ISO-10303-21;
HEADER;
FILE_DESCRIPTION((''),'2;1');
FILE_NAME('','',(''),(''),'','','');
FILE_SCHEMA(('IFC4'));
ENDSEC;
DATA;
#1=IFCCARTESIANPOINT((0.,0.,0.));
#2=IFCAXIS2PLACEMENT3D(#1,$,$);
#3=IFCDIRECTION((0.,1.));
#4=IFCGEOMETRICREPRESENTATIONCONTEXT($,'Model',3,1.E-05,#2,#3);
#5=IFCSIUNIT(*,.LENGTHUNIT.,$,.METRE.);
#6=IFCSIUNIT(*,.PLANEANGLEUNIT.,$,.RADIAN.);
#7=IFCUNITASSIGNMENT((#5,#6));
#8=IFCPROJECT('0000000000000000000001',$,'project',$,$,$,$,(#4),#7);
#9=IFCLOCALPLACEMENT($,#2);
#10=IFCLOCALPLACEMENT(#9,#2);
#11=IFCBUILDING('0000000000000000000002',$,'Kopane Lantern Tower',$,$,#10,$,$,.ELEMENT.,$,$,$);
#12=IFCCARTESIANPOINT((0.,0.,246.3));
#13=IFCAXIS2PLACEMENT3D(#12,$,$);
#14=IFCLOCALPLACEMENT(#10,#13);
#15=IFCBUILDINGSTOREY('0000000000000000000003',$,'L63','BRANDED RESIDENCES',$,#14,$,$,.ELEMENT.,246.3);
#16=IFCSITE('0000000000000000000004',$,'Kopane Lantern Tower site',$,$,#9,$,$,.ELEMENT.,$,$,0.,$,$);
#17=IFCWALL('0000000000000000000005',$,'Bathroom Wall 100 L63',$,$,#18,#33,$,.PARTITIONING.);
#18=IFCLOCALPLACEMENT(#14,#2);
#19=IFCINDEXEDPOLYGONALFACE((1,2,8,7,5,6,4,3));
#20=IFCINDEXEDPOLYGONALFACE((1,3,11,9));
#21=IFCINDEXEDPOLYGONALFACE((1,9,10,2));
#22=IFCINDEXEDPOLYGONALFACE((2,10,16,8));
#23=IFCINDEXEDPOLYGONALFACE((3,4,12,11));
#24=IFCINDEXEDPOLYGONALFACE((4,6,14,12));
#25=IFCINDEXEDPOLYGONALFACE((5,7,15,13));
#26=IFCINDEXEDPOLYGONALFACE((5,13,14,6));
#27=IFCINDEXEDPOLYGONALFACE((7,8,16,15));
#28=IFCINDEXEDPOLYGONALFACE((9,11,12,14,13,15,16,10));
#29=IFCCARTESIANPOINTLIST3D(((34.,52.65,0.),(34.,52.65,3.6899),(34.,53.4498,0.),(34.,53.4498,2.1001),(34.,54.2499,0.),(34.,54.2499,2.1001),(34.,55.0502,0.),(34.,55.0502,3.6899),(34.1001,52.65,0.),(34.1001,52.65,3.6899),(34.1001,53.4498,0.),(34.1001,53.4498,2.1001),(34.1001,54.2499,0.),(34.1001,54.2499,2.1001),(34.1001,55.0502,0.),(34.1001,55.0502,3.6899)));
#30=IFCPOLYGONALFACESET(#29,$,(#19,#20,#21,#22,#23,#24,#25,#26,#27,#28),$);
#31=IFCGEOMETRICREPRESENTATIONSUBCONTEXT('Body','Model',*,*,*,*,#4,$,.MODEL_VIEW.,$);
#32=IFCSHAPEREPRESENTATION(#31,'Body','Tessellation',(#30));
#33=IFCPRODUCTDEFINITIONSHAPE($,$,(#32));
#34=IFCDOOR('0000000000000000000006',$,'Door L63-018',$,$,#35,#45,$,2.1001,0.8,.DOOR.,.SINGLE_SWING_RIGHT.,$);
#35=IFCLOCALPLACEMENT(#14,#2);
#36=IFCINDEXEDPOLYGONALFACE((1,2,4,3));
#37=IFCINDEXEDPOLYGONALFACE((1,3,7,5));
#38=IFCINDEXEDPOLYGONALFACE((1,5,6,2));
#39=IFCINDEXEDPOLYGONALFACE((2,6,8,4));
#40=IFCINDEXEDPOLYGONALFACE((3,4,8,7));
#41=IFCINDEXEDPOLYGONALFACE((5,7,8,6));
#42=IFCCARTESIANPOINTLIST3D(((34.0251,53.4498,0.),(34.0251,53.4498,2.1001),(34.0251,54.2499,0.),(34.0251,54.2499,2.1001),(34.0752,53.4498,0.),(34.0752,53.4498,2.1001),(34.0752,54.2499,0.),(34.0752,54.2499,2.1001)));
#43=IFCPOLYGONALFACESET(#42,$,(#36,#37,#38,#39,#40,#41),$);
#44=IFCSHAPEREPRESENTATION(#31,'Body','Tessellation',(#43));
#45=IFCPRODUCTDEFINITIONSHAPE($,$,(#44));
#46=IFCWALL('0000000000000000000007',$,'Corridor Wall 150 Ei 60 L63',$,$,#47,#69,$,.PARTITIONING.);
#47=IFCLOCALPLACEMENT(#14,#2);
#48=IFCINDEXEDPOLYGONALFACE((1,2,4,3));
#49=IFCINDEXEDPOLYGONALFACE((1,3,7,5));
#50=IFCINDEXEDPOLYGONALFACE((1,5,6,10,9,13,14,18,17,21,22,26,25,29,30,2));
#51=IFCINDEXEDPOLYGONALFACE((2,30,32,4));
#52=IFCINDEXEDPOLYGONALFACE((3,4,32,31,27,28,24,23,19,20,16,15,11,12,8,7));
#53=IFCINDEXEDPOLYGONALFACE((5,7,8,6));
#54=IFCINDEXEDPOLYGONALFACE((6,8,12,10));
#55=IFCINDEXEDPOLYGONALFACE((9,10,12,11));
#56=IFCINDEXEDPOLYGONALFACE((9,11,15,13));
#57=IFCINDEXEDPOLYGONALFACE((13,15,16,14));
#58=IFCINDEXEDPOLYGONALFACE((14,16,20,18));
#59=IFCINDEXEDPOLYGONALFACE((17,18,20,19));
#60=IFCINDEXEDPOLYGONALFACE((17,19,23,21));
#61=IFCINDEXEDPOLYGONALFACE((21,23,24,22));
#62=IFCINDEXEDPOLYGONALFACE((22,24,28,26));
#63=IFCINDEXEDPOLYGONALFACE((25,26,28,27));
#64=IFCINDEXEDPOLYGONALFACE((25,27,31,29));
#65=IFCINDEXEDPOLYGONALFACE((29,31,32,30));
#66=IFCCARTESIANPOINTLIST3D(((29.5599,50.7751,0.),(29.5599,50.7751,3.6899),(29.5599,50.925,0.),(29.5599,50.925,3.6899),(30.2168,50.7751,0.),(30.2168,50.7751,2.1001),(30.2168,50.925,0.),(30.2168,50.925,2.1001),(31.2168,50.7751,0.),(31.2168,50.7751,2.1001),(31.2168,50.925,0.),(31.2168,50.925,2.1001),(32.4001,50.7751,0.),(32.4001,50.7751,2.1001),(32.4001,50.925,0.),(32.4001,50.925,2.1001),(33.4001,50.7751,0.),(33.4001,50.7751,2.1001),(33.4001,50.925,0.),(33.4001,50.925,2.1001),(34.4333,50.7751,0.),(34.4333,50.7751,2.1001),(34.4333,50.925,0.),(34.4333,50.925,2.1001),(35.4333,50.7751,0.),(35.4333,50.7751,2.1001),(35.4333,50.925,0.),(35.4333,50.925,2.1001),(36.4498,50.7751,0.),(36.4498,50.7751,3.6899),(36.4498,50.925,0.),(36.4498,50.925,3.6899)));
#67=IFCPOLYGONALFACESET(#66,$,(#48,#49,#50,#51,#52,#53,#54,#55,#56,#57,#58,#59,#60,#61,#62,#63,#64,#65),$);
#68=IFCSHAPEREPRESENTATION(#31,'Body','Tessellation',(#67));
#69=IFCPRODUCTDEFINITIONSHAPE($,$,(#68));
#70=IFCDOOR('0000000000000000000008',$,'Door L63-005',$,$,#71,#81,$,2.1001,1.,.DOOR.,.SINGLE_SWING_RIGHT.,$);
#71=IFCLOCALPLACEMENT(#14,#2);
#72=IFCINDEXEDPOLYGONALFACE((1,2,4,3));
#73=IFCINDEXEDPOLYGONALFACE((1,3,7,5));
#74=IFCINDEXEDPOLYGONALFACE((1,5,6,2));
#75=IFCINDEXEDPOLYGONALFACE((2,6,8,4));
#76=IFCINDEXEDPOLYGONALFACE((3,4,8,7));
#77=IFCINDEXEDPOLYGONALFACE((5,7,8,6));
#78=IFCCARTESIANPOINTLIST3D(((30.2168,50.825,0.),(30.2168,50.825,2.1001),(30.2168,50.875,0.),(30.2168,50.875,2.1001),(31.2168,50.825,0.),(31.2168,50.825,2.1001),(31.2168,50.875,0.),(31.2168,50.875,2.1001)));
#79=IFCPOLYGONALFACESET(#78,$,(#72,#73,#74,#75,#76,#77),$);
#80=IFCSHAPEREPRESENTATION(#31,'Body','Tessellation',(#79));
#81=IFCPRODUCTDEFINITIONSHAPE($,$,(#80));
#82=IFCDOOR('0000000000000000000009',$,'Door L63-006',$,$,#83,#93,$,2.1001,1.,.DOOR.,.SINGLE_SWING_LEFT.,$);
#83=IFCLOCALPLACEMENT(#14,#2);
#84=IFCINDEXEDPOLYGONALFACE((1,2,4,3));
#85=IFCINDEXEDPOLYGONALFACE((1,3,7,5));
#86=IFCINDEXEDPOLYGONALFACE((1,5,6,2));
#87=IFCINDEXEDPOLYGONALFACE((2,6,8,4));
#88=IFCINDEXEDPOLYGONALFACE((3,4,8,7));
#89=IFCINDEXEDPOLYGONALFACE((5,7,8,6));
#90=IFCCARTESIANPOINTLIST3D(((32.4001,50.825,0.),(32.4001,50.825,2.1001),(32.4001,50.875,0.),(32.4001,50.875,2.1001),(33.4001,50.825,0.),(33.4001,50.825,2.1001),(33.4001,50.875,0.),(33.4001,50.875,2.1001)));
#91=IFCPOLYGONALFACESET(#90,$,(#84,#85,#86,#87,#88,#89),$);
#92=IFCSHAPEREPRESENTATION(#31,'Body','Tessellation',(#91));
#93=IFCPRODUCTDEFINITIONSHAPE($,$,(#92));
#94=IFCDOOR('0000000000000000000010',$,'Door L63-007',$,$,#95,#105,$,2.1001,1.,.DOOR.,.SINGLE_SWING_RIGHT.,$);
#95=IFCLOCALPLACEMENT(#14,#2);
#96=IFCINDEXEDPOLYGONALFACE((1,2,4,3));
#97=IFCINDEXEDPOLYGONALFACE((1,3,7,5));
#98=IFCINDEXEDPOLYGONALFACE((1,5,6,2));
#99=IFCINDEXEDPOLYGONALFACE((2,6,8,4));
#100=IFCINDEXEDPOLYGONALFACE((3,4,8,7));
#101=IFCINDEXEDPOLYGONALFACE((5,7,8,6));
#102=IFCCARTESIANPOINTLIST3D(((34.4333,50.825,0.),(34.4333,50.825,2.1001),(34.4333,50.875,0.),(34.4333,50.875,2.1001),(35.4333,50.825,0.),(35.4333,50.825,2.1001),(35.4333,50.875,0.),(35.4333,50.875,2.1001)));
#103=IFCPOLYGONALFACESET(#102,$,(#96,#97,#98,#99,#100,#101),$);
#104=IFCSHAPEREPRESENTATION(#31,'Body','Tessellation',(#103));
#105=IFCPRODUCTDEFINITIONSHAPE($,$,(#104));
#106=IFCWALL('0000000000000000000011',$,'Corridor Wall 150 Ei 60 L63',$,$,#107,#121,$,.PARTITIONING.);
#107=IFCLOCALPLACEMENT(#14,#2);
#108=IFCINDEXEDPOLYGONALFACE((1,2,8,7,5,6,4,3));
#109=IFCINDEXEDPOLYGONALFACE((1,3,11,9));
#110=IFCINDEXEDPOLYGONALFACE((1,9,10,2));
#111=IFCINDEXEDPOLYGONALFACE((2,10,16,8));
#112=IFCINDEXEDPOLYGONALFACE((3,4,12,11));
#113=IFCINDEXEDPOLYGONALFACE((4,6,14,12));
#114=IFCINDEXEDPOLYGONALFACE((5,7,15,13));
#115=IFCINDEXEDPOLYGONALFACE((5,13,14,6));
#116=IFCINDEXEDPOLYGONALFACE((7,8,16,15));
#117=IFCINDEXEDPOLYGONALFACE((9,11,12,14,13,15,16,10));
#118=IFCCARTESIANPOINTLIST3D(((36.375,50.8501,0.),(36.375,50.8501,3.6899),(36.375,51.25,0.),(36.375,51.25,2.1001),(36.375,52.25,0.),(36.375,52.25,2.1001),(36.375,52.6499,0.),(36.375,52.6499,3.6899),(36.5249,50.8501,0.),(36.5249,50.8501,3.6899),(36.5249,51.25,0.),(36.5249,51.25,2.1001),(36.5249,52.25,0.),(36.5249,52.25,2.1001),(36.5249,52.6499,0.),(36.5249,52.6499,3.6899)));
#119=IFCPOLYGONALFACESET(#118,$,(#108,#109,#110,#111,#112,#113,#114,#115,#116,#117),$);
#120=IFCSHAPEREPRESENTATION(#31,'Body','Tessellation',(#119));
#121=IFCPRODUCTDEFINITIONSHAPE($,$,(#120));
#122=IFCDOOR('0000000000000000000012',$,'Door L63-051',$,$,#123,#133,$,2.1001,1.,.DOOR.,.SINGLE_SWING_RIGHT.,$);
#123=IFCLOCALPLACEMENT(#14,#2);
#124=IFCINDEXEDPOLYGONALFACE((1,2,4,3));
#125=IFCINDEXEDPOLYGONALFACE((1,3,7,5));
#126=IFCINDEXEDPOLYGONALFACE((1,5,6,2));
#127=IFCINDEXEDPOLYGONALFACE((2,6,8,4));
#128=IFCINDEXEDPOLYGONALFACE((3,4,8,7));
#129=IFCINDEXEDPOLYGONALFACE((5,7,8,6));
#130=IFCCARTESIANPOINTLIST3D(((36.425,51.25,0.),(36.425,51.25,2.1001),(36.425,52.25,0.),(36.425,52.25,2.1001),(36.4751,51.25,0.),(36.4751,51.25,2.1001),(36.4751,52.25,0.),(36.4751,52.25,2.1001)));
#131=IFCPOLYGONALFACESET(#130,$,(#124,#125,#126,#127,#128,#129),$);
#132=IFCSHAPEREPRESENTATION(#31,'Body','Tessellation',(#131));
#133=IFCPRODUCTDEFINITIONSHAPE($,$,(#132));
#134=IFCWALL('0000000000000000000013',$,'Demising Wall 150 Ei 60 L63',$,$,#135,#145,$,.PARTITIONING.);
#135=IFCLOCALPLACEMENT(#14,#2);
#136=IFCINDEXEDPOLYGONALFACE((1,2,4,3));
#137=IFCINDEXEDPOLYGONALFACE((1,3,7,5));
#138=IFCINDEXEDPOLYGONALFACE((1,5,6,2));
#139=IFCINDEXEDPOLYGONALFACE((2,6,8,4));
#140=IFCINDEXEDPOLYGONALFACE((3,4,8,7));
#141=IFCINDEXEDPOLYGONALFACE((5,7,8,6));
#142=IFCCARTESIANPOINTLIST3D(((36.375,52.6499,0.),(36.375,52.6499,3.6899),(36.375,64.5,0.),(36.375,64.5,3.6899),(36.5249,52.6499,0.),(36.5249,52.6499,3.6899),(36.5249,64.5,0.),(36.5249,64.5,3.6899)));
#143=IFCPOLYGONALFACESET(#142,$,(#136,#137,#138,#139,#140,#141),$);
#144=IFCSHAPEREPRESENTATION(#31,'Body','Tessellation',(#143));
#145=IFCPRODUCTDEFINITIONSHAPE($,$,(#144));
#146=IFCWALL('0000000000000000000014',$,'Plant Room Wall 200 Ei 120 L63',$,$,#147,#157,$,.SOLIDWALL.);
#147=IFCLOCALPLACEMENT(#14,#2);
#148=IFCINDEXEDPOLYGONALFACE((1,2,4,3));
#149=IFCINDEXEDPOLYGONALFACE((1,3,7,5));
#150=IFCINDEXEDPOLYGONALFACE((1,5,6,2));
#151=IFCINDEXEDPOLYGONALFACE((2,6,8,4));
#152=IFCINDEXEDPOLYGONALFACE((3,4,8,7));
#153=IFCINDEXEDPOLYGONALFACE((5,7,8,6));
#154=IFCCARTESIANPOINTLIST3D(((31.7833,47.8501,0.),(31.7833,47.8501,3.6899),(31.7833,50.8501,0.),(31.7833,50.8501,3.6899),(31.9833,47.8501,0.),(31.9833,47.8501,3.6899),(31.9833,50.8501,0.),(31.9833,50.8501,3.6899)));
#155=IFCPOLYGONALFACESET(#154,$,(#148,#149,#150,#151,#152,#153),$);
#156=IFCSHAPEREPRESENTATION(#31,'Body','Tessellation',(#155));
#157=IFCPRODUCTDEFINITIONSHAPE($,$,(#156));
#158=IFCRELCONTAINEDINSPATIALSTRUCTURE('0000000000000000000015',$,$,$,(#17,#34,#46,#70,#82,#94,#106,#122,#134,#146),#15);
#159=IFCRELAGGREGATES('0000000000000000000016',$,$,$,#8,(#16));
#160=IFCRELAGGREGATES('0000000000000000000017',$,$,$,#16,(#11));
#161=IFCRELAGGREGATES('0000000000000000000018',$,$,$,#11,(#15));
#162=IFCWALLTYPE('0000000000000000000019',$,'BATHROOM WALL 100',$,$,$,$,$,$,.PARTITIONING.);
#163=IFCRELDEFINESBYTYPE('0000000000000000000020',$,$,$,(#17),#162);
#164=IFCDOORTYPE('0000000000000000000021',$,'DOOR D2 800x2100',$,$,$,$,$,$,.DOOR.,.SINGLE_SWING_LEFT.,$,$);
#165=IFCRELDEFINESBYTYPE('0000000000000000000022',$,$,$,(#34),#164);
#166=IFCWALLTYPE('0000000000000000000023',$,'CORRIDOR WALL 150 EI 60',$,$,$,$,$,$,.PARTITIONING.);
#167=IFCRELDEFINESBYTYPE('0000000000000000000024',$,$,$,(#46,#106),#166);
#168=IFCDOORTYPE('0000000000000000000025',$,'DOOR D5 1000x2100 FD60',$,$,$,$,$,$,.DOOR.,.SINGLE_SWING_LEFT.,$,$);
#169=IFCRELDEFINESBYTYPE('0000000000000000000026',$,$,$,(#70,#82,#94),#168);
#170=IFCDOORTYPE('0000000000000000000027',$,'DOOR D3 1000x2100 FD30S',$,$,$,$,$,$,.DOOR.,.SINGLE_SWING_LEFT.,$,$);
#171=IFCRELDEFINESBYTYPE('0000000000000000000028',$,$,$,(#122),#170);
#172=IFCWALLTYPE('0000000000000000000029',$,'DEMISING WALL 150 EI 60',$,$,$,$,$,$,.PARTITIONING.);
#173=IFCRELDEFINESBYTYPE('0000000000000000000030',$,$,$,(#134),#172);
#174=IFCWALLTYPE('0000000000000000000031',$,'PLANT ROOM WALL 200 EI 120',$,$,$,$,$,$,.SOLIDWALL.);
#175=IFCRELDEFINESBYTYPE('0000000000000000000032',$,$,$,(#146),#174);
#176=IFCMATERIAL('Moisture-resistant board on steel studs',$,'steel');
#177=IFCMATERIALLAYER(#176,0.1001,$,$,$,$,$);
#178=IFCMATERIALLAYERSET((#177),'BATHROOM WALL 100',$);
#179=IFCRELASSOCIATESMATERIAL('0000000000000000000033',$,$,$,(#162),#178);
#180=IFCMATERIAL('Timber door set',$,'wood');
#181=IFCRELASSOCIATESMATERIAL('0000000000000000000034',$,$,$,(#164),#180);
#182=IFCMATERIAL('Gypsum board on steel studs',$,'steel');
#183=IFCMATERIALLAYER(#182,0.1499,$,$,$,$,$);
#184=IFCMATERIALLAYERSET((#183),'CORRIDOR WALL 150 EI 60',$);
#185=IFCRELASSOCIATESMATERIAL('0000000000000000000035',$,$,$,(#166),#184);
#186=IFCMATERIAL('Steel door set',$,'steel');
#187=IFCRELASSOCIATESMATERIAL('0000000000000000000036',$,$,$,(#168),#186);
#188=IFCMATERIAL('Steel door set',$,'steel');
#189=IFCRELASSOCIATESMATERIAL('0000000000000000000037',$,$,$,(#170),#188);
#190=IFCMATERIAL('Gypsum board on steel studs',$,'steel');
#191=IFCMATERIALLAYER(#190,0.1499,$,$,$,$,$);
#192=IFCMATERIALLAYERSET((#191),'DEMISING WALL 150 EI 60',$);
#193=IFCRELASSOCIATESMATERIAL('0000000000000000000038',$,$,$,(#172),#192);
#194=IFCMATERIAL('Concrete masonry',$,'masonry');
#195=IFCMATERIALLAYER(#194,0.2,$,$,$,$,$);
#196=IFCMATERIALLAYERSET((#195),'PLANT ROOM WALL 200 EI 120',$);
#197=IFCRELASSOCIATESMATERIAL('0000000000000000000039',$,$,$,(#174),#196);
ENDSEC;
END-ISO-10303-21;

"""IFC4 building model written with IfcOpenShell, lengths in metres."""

from ifc_helpers import new_model, si_unit, direction, frame, frame_2d, origin, place, context, subcontext, project, spatial, rectangle, extrude, material, layer, layer_set, type_object, element, fill, save


model = new_model("IFC4")

# Units and contexts
model_context = context("Model", 3, precision=1e-05, world=origin(), true_north=direction((0.0, 1.0)))
body_context = subcontext(model_context, "Body", "Model", "MODEL_VIEW")
ifc_project = project(units=[si_unit("LENGTHUNIT", "METRE"), si_unit("PLANEANGLEUNIT", "RADIAN")], contexts=[model_context])

# Site, building, storey
site_placement = place(None, origin())
site = spatial("IfcSite", under=ifc_project, at=site_placement, Name="Kopane Lantern Tower site", CompositionType="ELEMENT", RefElevation=0.0)
building_placement = place(site_placement, origin())
building = spatial("IfcBuilding", under=site, at=building_placement, Name="Kopane Lantern Tower", CompositionType="ELEMENT")
storey_placement = place(building_placement, frame((0.0, 0.0, 246.3)))
storey = spatial("IfcBuildingStorey", under=building, at=storey_placement, Name="L63", Description="BRANDED RESIDENCES", CompositionType="ELEMENT", Elevation=246.3)

# Wall, opening, door
ifc_material_1 = material(Name="Moisture-resistant board on steel studs", Category="steel")
ifc_layer_1 = layer(ifc_material_1, 0.1001)
ifc_layer_set_1 = layer_set([ifc_layer_1], Name="BATHROOM WALL 100")
wall_type_1 = type_object("IfcWallType", Name="BATHROOM WALL 100", PredefinedType="PARTITIONING", material=ifc_layer_set_1)
wall_1_placement = place(storey_placement, frame((34.05, 52.6499, 0.0), z_axis=(0.0, 0.0, 1.0), x_axis=(0.0, 1.0, 0.0)))
wall_1 = element("IfcWall", 1, at=wall_1_placement, inside=storey, type_object=wall_type_1, Name="Bathroom Wall 100 L63", PredefinedType="PARTITIONING", context=body_context, shape_type="SweptSolid", body=[
    extrude(rectangle(XDim=2.4001, YDim=0.1001, at=frame_2d((1.2002, 0.0))), origin(), (0.0, 0.0, 1.0), 3.6899),
])
opening_1_placement = place(wall_1_placement, frame((0.8, 0.0, 0.0)))
opening_1 = element("IfcOpeningElement", 2, at=opening_1_placement, cuts=wall_1, PredefinedType="OPENING", context=body_context, shape_type="SweptSolid", body=[
    extrude(rectangle(XDim=0.8, YDim=2.1001, at=frame_2d((0.3999, 1.05))), frame((0.0, 0.0601, 0.0), z_axis=(0.0, -1.0, 0.0), x_axis=(1.0, 0.0, 0.0)), (0.0, 0.0, 1.0), 0.1201),
])
ifc_material_2 = material(Name="Timber door set", Category="wood")
door_type_1 = type_object("IfcDoorType", Name="DOOR D2 800x2100", OperationType="SINGLE_SWING_LEFT", PredefinedType="DOOR", material=ifc_material_2)
door_1_placement = place(opening_1_placement, origin())
door_1 = element("IfcDoor", 3, at=door_1_placement, inside=storey, type_object=door_type_1, Name="Door L63-018", OperationType="SINGLE_SWING_RIGHT", OverallHeight=2.1001, OverallWidth=0.8, PredefinedType="DOOR", context=body_context, shape_type="SweptSolid", body=[
    extrude(rectangle(XDim=0.8, YDim=2.1001, at=frame_2d((0.3999, 1.05))), frame((0.0, 0.0249, 0.0), z_axis=(0.0, -1.0, 0.0), x_axis=(1.0, 0.0, 0.0)), (0.0, 0.0, 1.0), 0.05),
])
fill(opening_1, door_1)

# Wall, openings, doors
ifc_material_3 = material(Name="Gypsum board on steel studs", Category="steel")
ifc_layer_2 = layer(ifc_material_3, 0.1499)
ifc_layer_set_2 = layer_set([ifc_layer_2], Name="CORRIDOR WALL 150 EI 60")
wall_type_2 = type_object("IfcWallType", Name="CORRIDOR WALL 150 EI 60", PredefinedType="PARTITIONING", material=ifc_layer_set_2)
wall_2_placement = place(storey_placement, frame((29.5601, 50.8501, 0.0), z_axis=(0.0, 0.0, 1.0), x_axis=(1.0, 0.0, 0.0)))
wall_2 = element("IfcWall", 4, at=wall_2_placement, inside=storey, type_object=wall_type_2, Name="Corridor Wall 150 Ei 60 L63", PredefinedType="PARTITIONING", context=body_context, shape_type="SweptSolid", body=[
    extrude(rectangle(XDim=6.8899, YDim=0.1499, at=frame_2d((3.4448, 0.0))), origin(), (0.0, 0.0, 1.0), 3.6899),
])
opening_2_placement = place(wall_2_placement, frame((0.6567, 0.0, 0.0)))
opening_2 = element("IfcOpeningElement", 5, at=opening_2_placement, cuts=wall_2, PredefinedType="OPENING", context=body_context, shape_type="SweptSolid", body=[
    extrude(rectangle(XDim=1.0, YDim=2.1001, at=frame_2d((0.5, 1.05))), frame((0.0, 0.085, 0.0), z_axis=(0.0, -1.0, 0.0), x_axis=(1.0, 0.0, 0.0)), (0.0, 0.0, 1.0), 0.1699),
])
opening_3_placement = place(wall_2_placement, frame((2.8401, 0.0, 0.0)))
opening_3 = element("IfcOpeningElement", 6, at=opening_3_placement, cuts=wall_2, PredefinedType="OPENING", context=body_context, shape_type="SweptSolid", body=[
    extrude(rectangle(XDim=1.0, YDim=2.1001, at=frame_2d((0.5, 1.05))), frame((0.0, 0.085, 0.0), z_axis=(0.0, -1.0, 0.0), x_axis=(1.0, 0.0, 0.0)), (0.0, 0.0, 1.0), 0.1699),
])
opening_4_placement = place(wall_2_placement, frame((4.8733, 0.0, 0.0)))
opening_4 = element("IfcOpeningElement", 7, at=opening_4_placement, cuts=wall_2, PredefinedType="OPENING", context=body_context, shape_type="SweptSolid", body=[
    extrude(rectangle(XDim=1.0, YDim=2.1001, at=frame_2d((0.5, 1.05))), frame((0.0, 0.085, 0.0), z_axis=(0.0, -1.0, 0.0), x_axis=(1.0, 0.0, 0.0)), (0.0, 0.0, 1.0), 0.1699),
])
ifc_material_4 = material(Name="Steel door set", Category="steel")
door_type_2 = type_object("IfcDoorType", Name="DOOR D5 1000x2100 FD60", OperationType="SINGLE_SWING_LEFT", PredefinedType="DOOR", material=ifc_material_4)
door_2_placement = place(opening_2_placement, origin())
door_2 = element("IfcDoor", 8, at=door_2_placement, inside=storey, type_object=door_type_2, Name="Door L63-005", OperationType="SINGLE_SWING_RIGHT", OverallHeight=2.1001, OverallWidth=1.0, PredefinedType="DOOR", context=body_context, shape_type="SweptSolid", body=[
    extrude(rectangle(XDim=1.0, YDim=2.1001, at=frame_2d((0.5, 1.05))), frame((0.0, 0.0249, 0.0), z_axis=(0.0, -1.0, 0.0), x_axis=(1.0, 0.0, 0.0)), (0.0, 0.0, 1.0), 0.05),
])
fill(opening_2, door_2)
door_3_placement = place(opening_3_placement, origin())
door_3 = element("IfcDoor", 9, at=door_3_placement, inside=storey, type_object=door_type_2, Name="Door L63-006", OperationType="SINGLE_SWING_LEFT", OverallHeight=2.1001, OverallWidth=1.0, PredefinedType="DOOR", context=body_context, shape_type="SweptSolid", body=[
    extrude(rectangle(XDim=1.0, YDim=2.1001, at=frame_2d((0.5, 1.05))), frame((0.0, 0.0249, 0.0), z_axis=(0.0, -1.0, 0.0), x_axis=(1.0, 0.0, 0.0)), (0.0, 0.0, 1.0), 0.05),
])
fill(opening_3, door_3)
door_4_placement = place(opening_4_placement, origin())
door_4 = element("IfcDoor", 10, at=door_4_placement, inside=storey, type_object=door_type_2, Name="Door L63-007", OperationType="SINGLE_SWING_RIGHT", OverallHeight=2.1001, OverallWidth=1.0, PredefinedType="DOOR", context=body_context, shape_type="SweptSolid", body=[
    extrude(rectangle(XDim=1.0, YDim=2.1001, at=frame_2d((0.5, 1.05))), frame((0.0, 0.0249, 0.0), z_axis=(0.0, -1.0, 0.0), x_axis=(1.0, 0.0, 0.0)), (0.0, 0.0, 1.0), 0.05),
])
fill(opening_4, door_4)

# Wall, opening, door
wall_3_placement = place(storey_placement, frame((36.45, 50.8501, 0.0), z_axis=(0.0, 0.0, 1.0), x_axis=(0.0, 1.0, 0.0)))
wall_3 = element("IfcWall", 11, at=wall_3_placement, inside=storey, type_object=wall_type_2, Name="Corridor Wall 150 Ei 60 L63", PredefinedType="PARTITIONING", context=body_context, shape_type="SweptSolid", body=[
    extrude(rectangle(XDim=1.7998, YDim=0.1499, at=frame_2d((0.8999, 0.0))), origin(), (0.0, 0.0, 1.0), 3.6899),
])
opening_5_placement = place(wall_3_placement, frame((0.3999, 0.0, 0.0)))
opening_5 = element("IfcOpeningElement", 12, at=opening_5_placement, cuts=wall_3, PredefinedType="OPENING", context=body_context, shape_type="SweptSolid", body=[
    extrude(rectangle(XDim=1.0, YDim=2.1001, at=frame_2d((0.5, 1.05))), frame((0.0, 0.085, 0.0), z_axis=(0.0, -1.0, 0.0), x_axis=(1.0, 0.0, 0.0)), (0.0, 0.0, 1.0), 0.1699),
])
ifc_material_5 = material(Name="Steel door set", Category="steel")
door_type_3 = type_object("IfcDoorType", Name="DOOR D3 1000x2100 FD30S", OperationType="SINGLE_SWING_LEFT", PredefinedType="DOOR", material=ifc_material_5)
door_5_placement = place(opening_5_placement, origin())
door_5 = element("IfcDoor", 13, at=door_5_placement, inside=storey, type_object=door_type_3, Name="Door L63-051", OperationType="SINGLE_SWING_RIGHT", OverallHeight=2.1001, OverallWidth=1.0, PredefinedType="DOOR", context=body_context, shape_type="SweptSolid", body=[
    extrude(rectangle(XDim=1.0, YDim=2.1001, at=frame_2d((0.5, 1.05))), frame((0.0, 0.0249, 0.0), z_axis=(0.0, -1.0, 0.0), x_axis=(1.0, 0.0, 0.0)), (0.0, 0.0, 1.0), 0.05),
])
fill(opening_5, door_5)

# Walls
ifc_material_6 = material(Name="Gypsum board on steel studs", Category="steel")
ifc_layer_3 = layer(ifc_material_6, 0.1499)
ifc_layer_set_3 = layer_set([ifc_layer_3], Name="DEMISING WALL 150 EI 60")
wall_type_3 = type_object("IfcWallType", Name="DEMISING WALL 150 EI 60", PredefinedType="PARTITIONING", material=ifc_layer_set_3)
wall_4_placement = place(storey_placement, frame((36.45, 64.5, 0.0), z_axis=(0.0, 0.0, 1.0), x_axis=(0.0, -1.0, 0.0)))
element("IfcWall", 14, at=wall_4_placement, inside=storey, type_object=wall_type_3, Name="Demising Wall 150 Ei 60 L63", PredefinedType="PARTITIONING", context=body_context, shape_type="SweptSolid", body=[
    extrude(rectangle(XDim=11.8501, YDim=0.1499, at=frame_2d((5.925, 0.0))), origin(), (0.0, 0.0, 1.0), 3.6899),
])
ifc_material_7 = material(Name="Concrete masonry", Category="masonry")
ifc_layer_4 = layer(ifc_material_7, 0.2)
ifc_layer_set_4 = layer_set([ifc_layer_4], Name="PLANT ROOM WALL 200 EI 120")
wall_type_4 = type_object("IfcWallType", Name="PLANT ROOM WALL 200 EI 120", PredefinedType="SOLIDWALL", material=ifc_layer_set_4)
wall_5_placement = place(storey_placement, frame((31.8833, 50.8501, 0.0), z_axis=(0.0, 0.0, 1.0), x_axis=(0.0, -1.0, 0.0)))
element("IfcWall", 15, at=wall_5_placement, inside=storey, type_object=wall_type_4, Name="Plant Room Wall 200 Ei 120 L63", PredefinedType="SOLIDWALL", context=body_context, shape_type="SweptSolid", body=[
    extrude(rectangle(XDim=3.0, YDim=0.2, at=frame_2d((1.5, 0.0))), origin(), (0.0, 0.0, 1.0), 3.6899),
])

save(model, "model.ifc")
